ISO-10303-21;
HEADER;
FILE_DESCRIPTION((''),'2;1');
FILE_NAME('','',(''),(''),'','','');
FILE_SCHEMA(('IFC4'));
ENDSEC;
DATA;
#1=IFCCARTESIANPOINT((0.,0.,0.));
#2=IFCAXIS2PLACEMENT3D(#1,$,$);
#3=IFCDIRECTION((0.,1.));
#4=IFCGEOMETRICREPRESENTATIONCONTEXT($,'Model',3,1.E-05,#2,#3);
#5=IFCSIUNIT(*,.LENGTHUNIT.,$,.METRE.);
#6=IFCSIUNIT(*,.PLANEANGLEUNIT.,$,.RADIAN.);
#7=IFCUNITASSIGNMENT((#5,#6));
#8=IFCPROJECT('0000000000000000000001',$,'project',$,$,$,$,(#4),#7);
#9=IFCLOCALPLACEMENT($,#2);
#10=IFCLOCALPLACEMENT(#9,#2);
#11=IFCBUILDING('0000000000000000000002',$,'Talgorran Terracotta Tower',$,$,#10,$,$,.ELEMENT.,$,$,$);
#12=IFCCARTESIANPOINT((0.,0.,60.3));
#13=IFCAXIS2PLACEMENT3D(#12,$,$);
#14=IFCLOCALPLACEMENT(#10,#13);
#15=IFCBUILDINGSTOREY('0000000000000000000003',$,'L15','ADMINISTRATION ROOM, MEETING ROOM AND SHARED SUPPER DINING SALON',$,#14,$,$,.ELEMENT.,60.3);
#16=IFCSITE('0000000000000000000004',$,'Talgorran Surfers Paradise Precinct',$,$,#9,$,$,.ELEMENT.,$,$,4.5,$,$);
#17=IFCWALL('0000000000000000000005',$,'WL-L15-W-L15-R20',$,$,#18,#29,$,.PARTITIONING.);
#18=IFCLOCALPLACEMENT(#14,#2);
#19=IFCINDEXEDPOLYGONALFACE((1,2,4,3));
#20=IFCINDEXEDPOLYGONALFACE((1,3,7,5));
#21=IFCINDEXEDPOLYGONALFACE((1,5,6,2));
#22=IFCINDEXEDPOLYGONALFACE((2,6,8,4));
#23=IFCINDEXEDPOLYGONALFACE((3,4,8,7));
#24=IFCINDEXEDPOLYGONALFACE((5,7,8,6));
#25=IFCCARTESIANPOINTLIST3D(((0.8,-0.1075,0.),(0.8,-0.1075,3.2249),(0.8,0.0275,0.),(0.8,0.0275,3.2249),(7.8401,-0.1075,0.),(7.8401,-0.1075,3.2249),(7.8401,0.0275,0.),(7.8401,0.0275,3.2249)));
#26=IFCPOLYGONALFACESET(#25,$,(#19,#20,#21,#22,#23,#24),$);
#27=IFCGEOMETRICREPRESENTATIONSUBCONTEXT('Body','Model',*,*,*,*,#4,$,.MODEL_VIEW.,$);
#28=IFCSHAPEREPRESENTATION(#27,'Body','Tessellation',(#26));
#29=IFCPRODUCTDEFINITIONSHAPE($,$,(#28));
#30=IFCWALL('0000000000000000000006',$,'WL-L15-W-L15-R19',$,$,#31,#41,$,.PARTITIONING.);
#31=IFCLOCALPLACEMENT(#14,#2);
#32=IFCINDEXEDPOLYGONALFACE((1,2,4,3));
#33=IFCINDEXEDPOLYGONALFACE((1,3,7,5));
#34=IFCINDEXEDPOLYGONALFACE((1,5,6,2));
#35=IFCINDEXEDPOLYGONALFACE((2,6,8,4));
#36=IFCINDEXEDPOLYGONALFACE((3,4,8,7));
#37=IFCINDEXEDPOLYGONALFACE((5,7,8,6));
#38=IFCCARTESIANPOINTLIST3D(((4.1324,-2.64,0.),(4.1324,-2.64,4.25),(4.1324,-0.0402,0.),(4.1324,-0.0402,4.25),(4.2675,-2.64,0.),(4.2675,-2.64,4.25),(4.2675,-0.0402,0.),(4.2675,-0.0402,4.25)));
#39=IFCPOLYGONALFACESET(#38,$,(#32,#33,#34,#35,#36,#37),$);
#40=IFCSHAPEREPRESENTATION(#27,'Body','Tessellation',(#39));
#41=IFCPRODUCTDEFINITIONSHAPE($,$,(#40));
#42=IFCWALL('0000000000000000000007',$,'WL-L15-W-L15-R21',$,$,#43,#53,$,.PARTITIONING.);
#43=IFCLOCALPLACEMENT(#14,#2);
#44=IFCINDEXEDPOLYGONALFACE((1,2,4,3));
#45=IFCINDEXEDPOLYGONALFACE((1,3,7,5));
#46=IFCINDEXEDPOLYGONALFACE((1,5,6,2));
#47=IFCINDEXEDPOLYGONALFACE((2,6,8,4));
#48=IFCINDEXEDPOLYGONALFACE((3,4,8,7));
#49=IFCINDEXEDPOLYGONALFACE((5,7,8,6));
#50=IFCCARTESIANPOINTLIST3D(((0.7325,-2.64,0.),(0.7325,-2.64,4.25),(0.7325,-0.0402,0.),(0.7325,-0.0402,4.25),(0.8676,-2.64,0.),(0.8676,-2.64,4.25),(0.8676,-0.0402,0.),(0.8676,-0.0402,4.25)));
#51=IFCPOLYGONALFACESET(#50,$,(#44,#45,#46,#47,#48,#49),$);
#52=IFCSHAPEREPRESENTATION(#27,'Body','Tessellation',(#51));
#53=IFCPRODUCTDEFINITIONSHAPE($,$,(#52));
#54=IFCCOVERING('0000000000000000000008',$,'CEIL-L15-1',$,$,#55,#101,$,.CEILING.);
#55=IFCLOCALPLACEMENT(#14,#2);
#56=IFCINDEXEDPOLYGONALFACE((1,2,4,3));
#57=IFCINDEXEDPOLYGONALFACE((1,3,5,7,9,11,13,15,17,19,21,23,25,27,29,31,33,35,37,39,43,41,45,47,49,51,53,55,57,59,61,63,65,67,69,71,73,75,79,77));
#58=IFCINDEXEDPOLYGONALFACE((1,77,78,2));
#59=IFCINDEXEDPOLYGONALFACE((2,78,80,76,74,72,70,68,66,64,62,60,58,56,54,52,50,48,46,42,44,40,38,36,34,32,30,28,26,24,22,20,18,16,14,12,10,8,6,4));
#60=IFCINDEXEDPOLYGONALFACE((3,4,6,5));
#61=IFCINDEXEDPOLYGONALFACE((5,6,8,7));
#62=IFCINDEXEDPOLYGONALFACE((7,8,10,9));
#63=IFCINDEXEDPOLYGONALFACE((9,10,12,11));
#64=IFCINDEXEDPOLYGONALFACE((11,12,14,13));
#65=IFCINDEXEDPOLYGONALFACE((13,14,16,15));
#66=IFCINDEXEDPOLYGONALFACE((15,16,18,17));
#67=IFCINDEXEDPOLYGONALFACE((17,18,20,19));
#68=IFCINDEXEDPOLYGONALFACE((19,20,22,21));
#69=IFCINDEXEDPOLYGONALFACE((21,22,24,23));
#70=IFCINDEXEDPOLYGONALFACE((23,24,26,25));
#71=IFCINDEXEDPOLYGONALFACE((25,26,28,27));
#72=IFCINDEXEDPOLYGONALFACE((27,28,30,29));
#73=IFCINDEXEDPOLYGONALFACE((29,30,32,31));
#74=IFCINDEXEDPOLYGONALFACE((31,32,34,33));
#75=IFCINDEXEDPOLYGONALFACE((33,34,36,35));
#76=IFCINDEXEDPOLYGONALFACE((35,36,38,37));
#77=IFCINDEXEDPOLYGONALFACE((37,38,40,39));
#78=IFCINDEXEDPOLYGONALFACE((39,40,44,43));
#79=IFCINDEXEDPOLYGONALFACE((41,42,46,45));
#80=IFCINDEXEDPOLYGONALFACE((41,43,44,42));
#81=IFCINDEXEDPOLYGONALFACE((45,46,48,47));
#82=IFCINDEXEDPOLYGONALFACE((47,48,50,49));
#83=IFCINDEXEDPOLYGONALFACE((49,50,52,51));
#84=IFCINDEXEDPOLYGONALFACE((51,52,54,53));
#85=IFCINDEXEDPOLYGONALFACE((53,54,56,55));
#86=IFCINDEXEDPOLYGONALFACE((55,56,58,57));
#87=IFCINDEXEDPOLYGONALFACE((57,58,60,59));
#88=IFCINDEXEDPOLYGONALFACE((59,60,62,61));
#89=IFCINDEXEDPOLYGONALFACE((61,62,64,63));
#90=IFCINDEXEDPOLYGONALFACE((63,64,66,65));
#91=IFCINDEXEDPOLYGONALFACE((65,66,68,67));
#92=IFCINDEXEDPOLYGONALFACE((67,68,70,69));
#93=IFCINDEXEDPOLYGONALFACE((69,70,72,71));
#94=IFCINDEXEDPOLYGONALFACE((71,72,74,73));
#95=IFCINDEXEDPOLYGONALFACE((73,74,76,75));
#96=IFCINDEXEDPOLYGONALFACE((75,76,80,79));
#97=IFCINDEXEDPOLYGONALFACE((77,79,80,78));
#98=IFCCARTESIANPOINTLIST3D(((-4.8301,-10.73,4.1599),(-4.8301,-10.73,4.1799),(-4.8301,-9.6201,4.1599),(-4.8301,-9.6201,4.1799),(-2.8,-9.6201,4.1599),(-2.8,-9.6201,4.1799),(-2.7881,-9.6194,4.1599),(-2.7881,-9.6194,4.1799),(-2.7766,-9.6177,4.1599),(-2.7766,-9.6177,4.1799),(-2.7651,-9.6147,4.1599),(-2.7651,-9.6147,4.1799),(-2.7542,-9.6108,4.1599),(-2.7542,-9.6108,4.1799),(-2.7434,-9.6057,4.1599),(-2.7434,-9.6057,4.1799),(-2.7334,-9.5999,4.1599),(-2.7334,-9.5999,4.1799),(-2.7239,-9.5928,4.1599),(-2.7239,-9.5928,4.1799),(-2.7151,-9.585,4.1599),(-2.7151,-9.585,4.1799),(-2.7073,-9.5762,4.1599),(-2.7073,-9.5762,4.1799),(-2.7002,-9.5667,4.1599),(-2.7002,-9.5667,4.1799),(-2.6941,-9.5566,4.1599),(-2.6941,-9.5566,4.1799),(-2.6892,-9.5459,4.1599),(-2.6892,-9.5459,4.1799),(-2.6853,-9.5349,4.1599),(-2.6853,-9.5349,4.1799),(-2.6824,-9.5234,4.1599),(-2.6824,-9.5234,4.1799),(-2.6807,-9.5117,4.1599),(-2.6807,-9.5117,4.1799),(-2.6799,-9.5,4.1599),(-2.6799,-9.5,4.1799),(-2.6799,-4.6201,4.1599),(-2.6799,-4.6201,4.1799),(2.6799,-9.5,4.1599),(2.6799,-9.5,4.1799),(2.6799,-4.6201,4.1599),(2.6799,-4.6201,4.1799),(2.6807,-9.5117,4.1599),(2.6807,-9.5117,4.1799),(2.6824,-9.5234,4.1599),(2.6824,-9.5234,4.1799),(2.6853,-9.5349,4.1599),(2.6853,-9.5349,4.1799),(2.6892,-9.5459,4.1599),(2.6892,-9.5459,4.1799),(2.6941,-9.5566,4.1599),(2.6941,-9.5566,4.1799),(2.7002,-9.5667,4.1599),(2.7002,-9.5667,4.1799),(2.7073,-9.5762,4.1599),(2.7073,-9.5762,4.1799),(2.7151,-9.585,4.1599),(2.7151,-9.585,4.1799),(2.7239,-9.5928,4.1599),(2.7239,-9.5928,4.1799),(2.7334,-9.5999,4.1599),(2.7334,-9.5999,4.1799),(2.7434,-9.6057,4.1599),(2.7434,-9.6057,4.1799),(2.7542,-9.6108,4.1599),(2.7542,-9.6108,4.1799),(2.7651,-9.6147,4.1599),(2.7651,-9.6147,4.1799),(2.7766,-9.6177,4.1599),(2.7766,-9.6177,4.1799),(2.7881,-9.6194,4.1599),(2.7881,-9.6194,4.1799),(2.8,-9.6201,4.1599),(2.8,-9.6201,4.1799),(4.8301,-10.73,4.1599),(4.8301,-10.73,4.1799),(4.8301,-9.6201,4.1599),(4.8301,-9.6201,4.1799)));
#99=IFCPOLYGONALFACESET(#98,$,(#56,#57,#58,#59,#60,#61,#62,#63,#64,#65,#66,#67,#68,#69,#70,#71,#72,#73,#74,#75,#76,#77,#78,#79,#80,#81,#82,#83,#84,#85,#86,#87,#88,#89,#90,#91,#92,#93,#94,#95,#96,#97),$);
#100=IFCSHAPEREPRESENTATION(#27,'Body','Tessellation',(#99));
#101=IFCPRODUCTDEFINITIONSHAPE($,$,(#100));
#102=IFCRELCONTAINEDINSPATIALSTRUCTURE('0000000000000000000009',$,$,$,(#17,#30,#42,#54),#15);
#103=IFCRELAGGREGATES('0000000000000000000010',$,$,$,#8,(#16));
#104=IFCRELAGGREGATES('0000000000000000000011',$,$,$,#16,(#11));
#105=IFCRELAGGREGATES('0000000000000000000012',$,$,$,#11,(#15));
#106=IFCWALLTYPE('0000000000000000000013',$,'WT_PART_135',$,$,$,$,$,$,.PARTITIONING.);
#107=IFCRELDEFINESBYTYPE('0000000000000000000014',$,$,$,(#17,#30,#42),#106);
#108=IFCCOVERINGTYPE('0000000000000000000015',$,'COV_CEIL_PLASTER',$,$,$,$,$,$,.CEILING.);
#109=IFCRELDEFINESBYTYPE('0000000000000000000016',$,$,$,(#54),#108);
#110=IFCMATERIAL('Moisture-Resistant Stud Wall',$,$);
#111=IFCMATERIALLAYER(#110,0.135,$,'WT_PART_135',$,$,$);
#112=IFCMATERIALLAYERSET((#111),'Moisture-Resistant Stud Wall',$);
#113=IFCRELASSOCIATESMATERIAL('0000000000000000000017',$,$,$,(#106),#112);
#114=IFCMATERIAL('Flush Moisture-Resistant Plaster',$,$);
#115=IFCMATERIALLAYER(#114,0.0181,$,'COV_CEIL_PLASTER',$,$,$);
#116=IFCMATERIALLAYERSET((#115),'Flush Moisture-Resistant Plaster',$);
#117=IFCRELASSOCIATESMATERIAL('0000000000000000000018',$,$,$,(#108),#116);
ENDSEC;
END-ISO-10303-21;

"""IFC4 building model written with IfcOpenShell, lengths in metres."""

from ifc_helpers import new_model, si_unit, direction, frame, frame_2d, origin, place, context, subcontext, project, spatial, polyline, rectangle, outline, extrude, material, layer, layer_set, type_object, element, save


model = new_model("IFC4")

# Units and contexts
model_context = context("Model", 3, precision=1e-05, world=origin(), true_north=direction((0.0, 1.0)))
body_context = subcontext(model_context, "Body", "Model", "MODEL_VIEW")
ifc_project = project(units=[si_unit("LENGTHUNIT", "METRE"), si_unit("PLANEANGLEUNIT", "RADIAN")], contexts=[model_context])

# Site, building, storey
site_placement = place(None, origin())
site = spatial("IfcSite", under=ifc_project, at=site_placement, Name="Talgorran Surfers Paradise Precinct", CompositionType="ELEMENT", RefElevation=4.5)
building_placement = place(site_placement, origin())
building = spatial("IfcBuilding", under=site, at=building_placement, Name="Talgorran Terracotta Tower", CompositionType="ELEMENT")
storey_placement = place(building_placement, frame((0.0, 0.0, 60.3)))
storey = spatial("IfcBuildingStorey", under=building, at=storey_placement, Name="L15", Description="ADMINISTRATION ROOM, MEETING ROOM AND SHARED SUPPER DINING SALON", CompositionType="ELEMENT", Elevation=60.3)

# Walls
ifc_material_1 = material(Name="Moisture-Resistant Stud Wall")
ifc_layer_1 = layer(ifc_material_1, 0.135, Name="WT_PART_135")
ifc_layer_set_1 = layer_set([ifc_layer_1], Name="Moisture-Resistant Stud Wall")
wall_type_1 = type_object("IfcWallType", Name="WT_PART_135", PredefinedType="PARTITIONING", material=ifc_layer_set_1)
wall_1_placement = place(storey_placement, frame((0.8, -0.04, 0.0), z_axis=(0.0, 0.0, 1.0), x_axis=(1.0, 0.0, 0.0)))
element("IfcWall", 1, at=wall_1_placement, inside=storey, type_object=wall_type_1, Name="WL-L15-W-L15-R20", PredefinedType="PARTITIONING", context=body_context, shape_type="SweptSolid", body=[
    extrude(rectangle(XDim=7.04, YDim=0.135, at=frame_2d((3.52, 0.0))), origin(), (0.0, 0.0, 1.0), 3.2249),
])
for number, where, z_axis, x_axis, name in (
    (2, (4.2, -2.6399, 0.0), (0.0, 0.0, 1.0), (0.0, 1.0, 0.0), "WL-L15-W-L15-R19"),
    (3, (0.8, -2.6399, 0.0), (0.0, 0.0, 1.0), (0.0, 1.0, 0.0), "WL-L15-W-L15-R21"),
):
    element("IfcWall", number, at=place(storey_placement, frame(where, z_axis=z_axis, x_axis=x_axis)), inside=storey, type_object=wall_type_1, Name=name, PredefinedType="PARTITIONING", context=body_context, shape_type="SweptSolid", body=[
        extrude(rectangle(XDim=2.5999, YDim=0.135, at=frame_2d((1.2998, 0.0))), origin(), (0.0, 0.0, 1.0), 4.25),
    ])

# Covering
ifc_material_2 = material(Name="Flush Moisture-Resistant Plaster")
ifc_layer_2 = layer(ifc_material_2, 0.0181, Name="COV_CEIL_PLASTER")
ifc_layer_set_2 = layer_set([ifc_layer_2], Name="Flush Moisture-Resistant Plaster")
covering_type_1 = type_object("IfcCoveringType", Name="COV_CEIL_PLASTER", PredefinedType="CEILING", material=ifc_layer_set_2)
covering_1_placement = place(storey_placement, frame((0.0, 0.0, 4.1599)))
element("IfcCovering", 4, at=covering_1_placement, inside=storey, type_object=covering_type_1, Name="CEIL-L15-1", PredefinedType="CEILING", context=body_context, shape_type="SweptSolid", body=[
    extrude(outline(polyline([(-4.8301, -9.6201), (-2.8, -9.6201), (-2.7881, -9.6194), (-2.7766, -9.6177), (-2.7651, -9.6147), (-2.7542, -9.6108), (-2.7434, -9.6057), (-2.7334, -9.5999), (-2.7239, -9.5928), (-2.7151, -9.585), (-2.7073, -9.5762), (-2.7002, -9.5667), (-2.6941, -9.5566), (-2.6892, -9.5459), (-2.6853, -9.5349), (-2.6824, -9.5234), (-2.6807, -9.5117), (-2.6799, -9.5), (-2.6799, -4.6201), (2.6799, -4.6201), (2.6799, -9.5), (2.6807, -9.5117), (2.6824, -9.5234), (2.6853, -9.5349), (2.6892, -9.5459), (2.6941, -9.5566), (2.7002, -9.5667), (2.7073, -9.5762), (2.7151, -9.585), (2.7239, -9.5928), (2.7334, -9.5999), (2.7434, -9.6057), (2.7542, -9.6108), (2.7651, -9.6147), (2.7766, -9.6177), (2.7881, -9.6194), (2.8, -9.6201), (4.8301, -9.6201), (4.8301, -10.73), (-4.8301, -10.73), (-4.8301, -9.6201)])), origin(), (0.0, 0.0, 1.0), 0.02),
])

save(model, "model.ifc")
